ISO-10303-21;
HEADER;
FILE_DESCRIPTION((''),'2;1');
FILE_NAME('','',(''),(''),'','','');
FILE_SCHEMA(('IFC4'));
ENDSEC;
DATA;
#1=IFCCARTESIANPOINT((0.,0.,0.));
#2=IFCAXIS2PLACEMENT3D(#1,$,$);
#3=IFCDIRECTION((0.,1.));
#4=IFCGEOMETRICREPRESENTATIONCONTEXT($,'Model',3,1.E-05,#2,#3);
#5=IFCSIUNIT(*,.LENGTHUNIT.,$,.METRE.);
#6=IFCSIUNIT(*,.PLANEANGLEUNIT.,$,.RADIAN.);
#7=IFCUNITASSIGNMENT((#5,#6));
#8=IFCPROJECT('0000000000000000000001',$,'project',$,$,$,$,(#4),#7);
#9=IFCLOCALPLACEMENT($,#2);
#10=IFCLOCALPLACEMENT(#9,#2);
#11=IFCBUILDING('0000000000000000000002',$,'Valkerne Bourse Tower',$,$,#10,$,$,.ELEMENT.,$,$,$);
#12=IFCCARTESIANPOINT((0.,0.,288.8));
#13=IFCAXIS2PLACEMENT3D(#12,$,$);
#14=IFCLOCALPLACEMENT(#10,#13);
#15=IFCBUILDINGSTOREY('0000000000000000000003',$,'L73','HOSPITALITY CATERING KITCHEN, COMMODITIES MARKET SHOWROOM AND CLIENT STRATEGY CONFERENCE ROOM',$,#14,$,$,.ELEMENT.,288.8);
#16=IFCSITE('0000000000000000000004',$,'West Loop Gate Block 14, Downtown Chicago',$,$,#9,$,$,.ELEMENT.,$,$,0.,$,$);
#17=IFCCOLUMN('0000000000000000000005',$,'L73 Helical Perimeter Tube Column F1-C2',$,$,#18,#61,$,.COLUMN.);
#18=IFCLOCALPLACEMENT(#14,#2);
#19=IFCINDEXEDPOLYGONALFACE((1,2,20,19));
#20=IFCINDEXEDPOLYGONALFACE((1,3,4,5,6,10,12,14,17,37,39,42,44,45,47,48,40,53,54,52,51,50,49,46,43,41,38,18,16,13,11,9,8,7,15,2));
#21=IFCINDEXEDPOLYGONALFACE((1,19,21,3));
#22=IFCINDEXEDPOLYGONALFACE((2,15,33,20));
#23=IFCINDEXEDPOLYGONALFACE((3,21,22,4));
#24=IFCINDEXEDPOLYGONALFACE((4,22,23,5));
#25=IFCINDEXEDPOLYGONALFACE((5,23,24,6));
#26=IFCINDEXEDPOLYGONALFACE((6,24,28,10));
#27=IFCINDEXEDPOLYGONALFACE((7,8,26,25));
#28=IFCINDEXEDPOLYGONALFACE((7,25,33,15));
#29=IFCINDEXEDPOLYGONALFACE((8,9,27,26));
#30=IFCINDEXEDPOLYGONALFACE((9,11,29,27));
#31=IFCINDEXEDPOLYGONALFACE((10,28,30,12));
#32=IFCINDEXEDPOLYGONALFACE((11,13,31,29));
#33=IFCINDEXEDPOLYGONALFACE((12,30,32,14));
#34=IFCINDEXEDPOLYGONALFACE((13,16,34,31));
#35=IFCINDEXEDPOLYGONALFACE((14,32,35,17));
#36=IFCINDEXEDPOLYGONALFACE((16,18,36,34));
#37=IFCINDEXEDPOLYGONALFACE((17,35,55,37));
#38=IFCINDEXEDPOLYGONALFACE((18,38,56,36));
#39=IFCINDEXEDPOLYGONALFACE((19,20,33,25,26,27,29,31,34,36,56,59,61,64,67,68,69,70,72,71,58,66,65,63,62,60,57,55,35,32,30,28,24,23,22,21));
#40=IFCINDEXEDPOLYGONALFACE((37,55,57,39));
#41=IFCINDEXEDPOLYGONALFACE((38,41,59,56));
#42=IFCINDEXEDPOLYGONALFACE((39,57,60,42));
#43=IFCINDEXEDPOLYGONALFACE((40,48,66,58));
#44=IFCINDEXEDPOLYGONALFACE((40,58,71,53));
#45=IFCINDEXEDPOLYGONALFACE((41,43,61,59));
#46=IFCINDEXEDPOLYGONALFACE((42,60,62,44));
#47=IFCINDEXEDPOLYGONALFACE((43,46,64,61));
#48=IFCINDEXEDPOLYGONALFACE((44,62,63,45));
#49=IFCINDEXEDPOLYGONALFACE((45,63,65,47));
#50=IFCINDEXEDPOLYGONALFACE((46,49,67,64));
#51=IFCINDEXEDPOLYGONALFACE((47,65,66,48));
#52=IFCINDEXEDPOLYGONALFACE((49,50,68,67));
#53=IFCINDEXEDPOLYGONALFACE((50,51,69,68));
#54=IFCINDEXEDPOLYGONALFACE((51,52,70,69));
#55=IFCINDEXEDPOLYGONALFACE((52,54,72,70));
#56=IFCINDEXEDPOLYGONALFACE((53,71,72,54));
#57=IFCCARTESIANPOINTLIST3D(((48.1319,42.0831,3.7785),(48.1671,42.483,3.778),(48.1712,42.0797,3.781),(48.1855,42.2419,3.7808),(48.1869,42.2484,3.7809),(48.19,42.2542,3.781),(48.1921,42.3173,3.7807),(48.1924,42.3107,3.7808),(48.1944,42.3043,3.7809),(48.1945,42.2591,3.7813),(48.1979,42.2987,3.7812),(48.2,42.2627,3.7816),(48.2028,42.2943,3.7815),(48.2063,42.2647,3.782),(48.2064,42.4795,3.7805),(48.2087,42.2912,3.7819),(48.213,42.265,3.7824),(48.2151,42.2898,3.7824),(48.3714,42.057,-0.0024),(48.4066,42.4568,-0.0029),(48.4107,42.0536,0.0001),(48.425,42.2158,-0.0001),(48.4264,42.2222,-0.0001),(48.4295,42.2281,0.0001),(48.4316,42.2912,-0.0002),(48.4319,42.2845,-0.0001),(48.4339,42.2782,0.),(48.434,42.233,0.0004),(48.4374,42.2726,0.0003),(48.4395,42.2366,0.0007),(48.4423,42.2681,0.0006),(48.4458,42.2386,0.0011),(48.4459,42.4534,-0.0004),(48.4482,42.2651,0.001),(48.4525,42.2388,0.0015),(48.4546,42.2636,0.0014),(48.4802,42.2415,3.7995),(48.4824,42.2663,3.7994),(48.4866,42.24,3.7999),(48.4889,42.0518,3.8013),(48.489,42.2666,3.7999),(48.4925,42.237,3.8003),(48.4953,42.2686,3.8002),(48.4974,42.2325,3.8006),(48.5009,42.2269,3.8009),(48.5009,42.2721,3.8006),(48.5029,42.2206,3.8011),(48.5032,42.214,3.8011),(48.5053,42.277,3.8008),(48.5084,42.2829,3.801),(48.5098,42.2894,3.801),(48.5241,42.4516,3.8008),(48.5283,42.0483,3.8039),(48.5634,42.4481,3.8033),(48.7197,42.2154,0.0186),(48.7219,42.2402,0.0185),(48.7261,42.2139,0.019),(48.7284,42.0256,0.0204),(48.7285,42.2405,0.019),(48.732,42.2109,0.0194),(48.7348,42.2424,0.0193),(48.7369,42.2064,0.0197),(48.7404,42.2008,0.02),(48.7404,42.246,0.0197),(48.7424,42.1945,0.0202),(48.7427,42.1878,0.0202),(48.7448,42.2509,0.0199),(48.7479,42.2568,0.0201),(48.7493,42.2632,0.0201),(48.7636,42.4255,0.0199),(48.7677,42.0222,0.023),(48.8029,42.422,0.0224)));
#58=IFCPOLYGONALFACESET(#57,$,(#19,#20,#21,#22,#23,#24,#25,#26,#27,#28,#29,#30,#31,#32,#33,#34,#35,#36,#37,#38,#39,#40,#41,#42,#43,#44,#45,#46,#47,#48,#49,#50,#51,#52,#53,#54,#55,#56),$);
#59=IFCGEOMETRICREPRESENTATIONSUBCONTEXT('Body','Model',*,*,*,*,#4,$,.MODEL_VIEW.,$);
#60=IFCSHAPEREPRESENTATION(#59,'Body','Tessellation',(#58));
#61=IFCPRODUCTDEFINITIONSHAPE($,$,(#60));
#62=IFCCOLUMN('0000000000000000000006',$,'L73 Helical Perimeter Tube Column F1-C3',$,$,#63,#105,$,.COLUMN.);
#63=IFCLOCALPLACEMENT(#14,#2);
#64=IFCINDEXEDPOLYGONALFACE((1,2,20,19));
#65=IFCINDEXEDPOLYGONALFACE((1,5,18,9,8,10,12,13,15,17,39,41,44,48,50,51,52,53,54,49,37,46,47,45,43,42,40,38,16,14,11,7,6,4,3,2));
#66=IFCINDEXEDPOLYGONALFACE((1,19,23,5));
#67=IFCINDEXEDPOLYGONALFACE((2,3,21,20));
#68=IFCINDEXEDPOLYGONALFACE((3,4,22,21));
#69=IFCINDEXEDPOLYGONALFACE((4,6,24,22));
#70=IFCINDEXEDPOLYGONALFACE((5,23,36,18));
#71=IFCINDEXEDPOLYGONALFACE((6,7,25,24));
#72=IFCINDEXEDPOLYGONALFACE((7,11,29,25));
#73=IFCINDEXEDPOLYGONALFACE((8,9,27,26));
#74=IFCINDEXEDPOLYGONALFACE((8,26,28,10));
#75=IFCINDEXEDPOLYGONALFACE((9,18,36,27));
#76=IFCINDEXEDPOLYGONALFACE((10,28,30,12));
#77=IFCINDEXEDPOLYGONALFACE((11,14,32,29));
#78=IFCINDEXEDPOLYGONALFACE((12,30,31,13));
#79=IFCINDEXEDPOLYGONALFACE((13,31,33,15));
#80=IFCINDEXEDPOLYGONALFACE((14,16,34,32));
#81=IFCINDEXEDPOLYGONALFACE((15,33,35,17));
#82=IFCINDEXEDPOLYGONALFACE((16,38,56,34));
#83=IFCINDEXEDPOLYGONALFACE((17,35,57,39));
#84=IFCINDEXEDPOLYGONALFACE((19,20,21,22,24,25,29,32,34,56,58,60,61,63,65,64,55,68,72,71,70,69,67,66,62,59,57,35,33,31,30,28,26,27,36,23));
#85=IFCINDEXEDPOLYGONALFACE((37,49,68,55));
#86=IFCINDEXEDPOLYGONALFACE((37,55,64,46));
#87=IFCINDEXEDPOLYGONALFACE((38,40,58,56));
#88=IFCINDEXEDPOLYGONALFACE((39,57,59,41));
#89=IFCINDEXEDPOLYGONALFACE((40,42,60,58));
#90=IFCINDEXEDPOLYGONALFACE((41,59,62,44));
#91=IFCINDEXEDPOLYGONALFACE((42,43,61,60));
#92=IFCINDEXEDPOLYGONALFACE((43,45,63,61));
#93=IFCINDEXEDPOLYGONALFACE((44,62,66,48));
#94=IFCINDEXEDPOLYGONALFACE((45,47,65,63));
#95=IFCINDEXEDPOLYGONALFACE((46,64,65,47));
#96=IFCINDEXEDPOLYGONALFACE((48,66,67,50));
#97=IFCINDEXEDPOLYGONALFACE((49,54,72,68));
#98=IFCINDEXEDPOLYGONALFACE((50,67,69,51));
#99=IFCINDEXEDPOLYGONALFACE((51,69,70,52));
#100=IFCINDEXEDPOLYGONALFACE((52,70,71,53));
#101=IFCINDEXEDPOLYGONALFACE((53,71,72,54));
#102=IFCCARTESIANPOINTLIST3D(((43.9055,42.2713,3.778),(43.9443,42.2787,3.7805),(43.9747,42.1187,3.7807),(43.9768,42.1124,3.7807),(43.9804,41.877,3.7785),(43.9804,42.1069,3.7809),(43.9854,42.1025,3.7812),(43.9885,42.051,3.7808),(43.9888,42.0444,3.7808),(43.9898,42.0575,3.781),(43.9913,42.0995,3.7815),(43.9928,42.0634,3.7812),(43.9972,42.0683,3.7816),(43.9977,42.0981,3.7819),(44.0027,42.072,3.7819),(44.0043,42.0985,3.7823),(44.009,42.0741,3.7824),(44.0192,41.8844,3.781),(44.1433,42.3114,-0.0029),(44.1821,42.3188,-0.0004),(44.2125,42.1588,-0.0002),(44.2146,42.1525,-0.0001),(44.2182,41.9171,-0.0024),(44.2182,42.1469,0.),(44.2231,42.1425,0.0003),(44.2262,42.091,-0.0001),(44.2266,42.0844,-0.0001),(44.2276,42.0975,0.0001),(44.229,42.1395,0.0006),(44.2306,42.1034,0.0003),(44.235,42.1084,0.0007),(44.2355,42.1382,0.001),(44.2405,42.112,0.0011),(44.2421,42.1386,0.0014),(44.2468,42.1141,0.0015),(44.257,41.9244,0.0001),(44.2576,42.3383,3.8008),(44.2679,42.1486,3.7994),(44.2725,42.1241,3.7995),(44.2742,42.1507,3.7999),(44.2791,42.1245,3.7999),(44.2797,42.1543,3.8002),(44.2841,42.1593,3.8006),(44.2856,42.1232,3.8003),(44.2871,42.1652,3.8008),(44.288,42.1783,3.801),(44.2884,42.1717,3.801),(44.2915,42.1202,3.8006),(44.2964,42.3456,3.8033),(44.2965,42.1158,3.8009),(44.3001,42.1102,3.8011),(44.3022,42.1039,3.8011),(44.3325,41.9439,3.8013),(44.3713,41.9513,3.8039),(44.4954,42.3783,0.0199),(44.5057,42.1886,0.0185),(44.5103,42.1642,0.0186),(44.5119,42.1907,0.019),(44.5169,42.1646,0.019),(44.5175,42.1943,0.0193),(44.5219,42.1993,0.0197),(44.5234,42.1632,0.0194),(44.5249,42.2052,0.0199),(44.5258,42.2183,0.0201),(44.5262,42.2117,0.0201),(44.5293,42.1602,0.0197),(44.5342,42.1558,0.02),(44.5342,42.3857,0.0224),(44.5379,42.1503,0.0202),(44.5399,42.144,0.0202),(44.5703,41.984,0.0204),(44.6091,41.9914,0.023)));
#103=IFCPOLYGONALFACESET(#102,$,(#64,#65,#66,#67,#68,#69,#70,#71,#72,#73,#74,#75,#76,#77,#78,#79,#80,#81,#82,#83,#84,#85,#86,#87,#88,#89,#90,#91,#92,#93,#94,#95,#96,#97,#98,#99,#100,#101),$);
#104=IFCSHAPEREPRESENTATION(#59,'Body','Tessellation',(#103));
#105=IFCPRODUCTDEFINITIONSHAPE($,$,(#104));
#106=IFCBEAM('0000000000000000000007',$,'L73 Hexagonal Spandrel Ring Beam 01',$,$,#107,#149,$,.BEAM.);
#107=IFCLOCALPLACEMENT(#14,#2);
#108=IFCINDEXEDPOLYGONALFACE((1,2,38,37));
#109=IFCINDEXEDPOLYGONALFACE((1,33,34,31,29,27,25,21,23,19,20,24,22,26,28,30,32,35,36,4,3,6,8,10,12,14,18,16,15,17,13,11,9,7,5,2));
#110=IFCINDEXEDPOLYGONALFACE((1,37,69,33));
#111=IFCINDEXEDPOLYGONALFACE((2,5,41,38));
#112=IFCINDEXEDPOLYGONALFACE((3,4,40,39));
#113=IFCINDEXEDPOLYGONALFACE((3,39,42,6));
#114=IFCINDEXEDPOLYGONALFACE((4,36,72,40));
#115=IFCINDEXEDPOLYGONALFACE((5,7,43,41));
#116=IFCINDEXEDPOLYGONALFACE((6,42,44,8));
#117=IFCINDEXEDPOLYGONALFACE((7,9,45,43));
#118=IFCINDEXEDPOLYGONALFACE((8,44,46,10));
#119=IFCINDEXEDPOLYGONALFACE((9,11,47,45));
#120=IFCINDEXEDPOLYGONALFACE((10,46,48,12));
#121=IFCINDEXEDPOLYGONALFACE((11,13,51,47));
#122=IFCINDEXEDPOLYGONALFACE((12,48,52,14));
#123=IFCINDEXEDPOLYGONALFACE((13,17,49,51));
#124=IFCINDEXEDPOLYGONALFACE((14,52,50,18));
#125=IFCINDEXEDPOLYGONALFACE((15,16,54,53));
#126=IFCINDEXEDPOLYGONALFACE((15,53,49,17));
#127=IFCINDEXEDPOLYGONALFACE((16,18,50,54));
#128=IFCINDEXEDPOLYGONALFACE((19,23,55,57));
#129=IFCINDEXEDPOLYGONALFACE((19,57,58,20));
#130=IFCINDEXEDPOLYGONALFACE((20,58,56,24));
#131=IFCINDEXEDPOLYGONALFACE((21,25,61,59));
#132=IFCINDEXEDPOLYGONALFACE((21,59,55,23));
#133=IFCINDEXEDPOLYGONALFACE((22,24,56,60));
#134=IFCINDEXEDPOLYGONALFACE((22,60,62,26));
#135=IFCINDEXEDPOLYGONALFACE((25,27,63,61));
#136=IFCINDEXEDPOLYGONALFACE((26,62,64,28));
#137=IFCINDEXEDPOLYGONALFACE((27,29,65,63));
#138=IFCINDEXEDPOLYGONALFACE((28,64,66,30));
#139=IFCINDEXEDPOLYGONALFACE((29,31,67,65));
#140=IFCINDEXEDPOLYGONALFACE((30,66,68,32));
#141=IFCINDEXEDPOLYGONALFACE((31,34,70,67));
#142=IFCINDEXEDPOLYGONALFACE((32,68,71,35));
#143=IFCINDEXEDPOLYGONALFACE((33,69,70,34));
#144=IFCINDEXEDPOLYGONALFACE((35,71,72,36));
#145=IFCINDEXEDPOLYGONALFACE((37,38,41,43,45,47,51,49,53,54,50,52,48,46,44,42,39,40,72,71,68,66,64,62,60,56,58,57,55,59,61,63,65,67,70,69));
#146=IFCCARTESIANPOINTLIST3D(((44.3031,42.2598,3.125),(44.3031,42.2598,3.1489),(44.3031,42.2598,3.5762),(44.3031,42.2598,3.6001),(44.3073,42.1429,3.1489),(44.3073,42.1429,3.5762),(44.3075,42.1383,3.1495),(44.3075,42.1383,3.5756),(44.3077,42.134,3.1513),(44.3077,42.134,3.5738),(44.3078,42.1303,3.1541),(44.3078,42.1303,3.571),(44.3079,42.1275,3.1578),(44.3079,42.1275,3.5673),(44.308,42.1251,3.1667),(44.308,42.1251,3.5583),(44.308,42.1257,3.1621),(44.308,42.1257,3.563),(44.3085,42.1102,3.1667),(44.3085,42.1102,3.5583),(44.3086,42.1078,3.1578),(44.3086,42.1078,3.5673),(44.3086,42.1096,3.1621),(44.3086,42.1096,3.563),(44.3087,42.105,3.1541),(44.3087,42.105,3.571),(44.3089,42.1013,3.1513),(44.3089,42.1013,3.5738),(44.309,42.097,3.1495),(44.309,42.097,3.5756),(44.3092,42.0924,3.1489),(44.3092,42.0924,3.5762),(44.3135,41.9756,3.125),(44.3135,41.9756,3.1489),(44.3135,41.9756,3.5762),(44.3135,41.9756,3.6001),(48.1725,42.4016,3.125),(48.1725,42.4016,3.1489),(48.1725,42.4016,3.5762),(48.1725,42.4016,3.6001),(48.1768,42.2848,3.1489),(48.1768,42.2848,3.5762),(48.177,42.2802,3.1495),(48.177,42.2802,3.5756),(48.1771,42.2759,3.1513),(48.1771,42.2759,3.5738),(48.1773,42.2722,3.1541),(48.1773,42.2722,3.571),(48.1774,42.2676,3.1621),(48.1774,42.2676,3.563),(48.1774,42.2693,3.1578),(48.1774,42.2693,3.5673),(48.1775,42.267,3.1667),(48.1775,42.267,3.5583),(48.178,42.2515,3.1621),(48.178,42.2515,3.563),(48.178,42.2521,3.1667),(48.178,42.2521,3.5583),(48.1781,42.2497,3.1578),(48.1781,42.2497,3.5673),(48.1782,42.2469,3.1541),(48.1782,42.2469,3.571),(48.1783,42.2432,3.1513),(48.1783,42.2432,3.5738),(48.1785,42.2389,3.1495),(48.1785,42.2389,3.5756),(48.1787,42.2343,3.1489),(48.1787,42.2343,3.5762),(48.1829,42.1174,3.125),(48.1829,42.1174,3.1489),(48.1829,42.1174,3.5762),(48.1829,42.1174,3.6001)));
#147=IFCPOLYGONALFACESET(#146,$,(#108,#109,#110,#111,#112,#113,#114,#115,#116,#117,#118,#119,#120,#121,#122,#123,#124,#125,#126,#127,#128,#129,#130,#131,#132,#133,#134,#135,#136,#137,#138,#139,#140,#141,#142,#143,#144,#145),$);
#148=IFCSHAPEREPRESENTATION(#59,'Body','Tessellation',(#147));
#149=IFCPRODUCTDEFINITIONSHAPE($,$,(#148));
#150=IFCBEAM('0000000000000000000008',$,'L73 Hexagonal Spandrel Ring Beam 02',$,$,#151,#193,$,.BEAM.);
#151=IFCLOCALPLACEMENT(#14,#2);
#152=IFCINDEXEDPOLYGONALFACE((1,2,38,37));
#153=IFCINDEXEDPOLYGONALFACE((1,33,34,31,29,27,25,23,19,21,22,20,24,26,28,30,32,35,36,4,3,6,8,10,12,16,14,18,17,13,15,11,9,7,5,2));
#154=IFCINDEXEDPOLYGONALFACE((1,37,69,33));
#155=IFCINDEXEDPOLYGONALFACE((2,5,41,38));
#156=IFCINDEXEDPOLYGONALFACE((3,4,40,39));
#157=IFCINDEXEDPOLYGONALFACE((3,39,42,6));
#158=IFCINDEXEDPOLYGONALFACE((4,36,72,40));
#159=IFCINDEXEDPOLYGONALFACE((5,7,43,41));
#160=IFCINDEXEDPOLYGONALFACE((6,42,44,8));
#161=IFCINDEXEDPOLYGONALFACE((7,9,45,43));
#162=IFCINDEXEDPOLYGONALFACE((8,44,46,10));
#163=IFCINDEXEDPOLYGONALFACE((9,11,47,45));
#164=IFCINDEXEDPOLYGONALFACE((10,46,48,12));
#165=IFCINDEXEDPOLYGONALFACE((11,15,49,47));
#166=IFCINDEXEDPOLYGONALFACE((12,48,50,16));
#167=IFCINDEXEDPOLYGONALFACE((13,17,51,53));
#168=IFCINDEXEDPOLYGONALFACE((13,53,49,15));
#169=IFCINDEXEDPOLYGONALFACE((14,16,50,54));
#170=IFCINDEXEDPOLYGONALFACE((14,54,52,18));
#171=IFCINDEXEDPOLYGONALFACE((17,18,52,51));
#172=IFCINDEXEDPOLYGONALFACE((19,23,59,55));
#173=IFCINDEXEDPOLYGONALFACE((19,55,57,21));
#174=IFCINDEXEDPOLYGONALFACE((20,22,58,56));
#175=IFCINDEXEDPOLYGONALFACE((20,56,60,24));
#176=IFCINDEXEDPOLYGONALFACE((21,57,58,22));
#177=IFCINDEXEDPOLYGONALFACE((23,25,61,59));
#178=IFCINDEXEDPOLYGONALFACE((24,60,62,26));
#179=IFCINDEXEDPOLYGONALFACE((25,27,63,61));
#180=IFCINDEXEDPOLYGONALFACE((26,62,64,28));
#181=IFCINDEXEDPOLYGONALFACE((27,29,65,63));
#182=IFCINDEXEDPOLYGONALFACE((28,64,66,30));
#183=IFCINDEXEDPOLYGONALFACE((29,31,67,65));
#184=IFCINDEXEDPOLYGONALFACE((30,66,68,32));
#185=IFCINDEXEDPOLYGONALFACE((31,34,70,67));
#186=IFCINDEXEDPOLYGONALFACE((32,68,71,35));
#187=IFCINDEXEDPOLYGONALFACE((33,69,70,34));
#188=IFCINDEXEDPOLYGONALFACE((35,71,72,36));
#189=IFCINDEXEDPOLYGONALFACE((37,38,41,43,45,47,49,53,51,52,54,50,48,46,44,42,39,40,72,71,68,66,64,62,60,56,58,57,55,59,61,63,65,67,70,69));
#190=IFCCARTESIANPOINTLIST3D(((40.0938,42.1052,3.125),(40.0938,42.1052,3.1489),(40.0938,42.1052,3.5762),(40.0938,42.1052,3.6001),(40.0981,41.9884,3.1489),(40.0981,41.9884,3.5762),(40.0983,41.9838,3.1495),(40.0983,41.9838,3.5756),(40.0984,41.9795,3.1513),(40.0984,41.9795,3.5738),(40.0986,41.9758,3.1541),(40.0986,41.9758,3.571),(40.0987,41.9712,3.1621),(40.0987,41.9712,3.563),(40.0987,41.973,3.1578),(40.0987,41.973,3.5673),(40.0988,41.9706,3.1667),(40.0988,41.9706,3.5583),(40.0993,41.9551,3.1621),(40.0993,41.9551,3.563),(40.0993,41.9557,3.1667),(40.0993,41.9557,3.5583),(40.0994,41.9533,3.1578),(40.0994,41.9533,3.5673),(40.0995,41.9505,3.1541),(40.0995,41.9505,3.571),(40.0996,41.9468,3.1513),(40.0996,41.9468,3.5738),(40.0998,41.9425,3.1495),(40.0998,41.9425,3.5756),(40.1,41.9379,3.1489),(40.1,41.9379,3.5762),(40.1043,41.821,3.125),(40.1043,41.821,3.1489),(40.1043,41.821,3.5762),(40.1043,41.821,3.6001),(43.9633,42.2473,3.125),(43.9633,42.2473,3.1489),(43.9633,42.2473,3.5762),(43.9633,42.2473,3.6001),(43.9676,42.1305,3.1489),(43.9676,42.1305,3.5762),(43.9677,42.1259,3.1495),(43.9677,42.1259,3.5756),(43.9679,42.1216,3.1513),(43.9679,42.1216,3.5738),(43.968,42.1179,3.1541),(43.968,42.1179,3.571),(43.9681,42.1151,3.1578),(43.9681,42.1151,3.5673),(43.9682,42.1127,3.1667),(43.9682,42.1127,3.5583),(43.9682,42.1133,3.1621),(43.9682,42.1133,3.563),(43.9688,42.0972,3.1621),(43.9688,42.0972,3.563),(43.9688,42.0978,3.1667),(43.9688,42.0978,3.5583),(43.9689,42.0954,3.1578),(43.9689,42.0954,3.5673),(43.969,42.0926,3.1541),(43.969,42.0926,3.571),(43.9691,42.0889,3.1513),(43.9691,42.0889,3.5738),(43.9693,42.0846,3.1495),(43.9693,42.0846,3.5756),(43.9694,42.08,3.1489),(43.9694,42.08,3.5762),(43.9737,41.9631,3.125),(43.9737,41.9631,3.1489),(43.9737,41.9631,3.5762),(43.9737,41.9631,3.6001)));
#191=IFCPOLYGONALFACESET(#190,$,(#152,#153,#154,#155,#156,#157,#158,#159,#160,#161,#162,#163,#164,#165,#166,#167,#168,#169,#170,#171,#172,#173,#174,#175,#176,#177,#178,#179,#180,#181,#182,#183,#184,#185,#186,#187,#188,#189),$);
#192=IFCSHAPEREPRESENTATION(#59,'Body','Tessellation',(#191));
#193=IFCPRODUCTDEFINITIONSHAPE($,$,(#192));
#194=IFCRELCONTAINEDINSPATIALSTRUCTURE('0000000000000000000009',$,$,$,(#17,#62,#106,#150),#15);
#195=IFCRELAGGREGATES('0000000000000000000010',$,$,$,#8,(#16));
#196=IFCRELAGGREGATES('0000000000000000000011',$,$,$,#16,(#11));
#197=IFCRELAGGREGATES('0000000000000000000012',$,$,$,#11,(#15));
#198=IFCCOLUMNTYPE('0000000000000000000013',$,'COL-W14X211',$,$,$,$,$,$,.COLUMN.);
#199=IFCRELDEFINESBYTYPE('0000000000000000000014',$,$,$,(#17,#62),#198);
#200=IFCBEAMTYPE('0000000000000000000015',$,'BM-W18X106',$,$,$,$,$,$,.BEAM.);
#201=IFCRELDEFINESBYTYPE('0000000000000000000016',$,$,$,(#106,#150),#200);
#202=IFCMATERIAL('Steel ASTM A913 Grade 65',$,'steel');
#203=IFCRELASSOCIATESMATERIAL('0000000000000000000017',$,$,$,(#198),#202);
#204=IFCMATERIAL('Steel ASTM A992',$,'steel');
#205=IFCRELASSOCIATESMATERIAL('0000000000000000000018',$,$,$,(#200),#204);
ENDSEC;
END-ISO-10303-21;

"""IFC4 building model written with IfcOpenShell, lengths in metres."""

from ifc_helpers import new_model, si_unit, direction, frame, origin, origin_2d, place, context, subcontext, project, spatial, i_section, extrude, material, material_profile, profile_set, type_object, element, save


model = new_model("IFC4")

# Units and contexts
model_context = context("Model", 3, precision=1e-05, world=origin(), true_north=direction((0.0, 1.0)))
body_context = subcontext(model_context, "Body", "Model", "MODEL_VIEW")
ifc_project = project(units=[si_unit("LENGTHUNIT", "METRE"), si_unit("PLANEANGLEUNIT", "RADIAN")], contexts=[model_context])

# Site, building, storey
site_placement = place(None, origin())
site = spatial("IfcSite", under=ifc_project, at=site_placement, Name="West Loop Gate Block 14, Downtown Chicago", CompositionType="ELEMENT", RefElevation=0.0)
building_placement = place(site_placement, origin())
building = spatial("IfcBuilding", under=site, at=building_placement, Name="Valkerne Bourse Tower", CompositionType="ELEMENT")
storey_placement = place(building_placement, frame((0.0, 0.0, 288.8)))
storey = spatial("IfcBuildingStorey", under=building, at=storey_placement, Name="L73", Description="HOSPITALITY CATERING KITCHEN, COMMODITIES MARKET SHOWROOM AND CLIENT STRATEGY CONFERENCE ROOM", CompositionType="ELEMENT", Elevation=288.8)

# Columns
ifc_material_1 = material(Name="Steel ASTM A913 Grade 65", Category="steel")
ifc_material_profile_1 = material_profile(ifc_material_1, i_section(OverallWidth=0.4014, OverallDepth=0.3987, WebThickness=0.0249, FlangeThickness=0.0396, FilletRadius=0.0254, at=origin_2d()), Name="W14X211")
ifc_profile_set_1 = profile_set([ifc_material_profile_1], Name="Steel ASTM A913 Grade 65")
column_type = type_object("IfcColumnType", Name="COL-W14X211", PredefinedType="COLUMN", material=ifc_profile_set_1)
for number, where, z_axis, x_axis, name in (
    (1, (48.5872, 42.2395, 0.01), (-0.063215, 0.006895, 0.997976), (0.087629, 0.996152, -0.001332), "L73 Helical Perimeter Tube Column F1-C2"),
    (2, (44.3762, 42.1514, 0.01), (-0.062764, -0.010568, 0.997972), (-0.186614, 0.982432, -0.001333), "L73 Helical Perimeter Tube Column F1-C3"),
):
    element("IfcColumn", number, at=place(storey_placement, frame(where, z_axis=z_axis, x_axis=x_axis)), inside=storey, type_object=column_type, Name=name, PredefinedType="COLUMN", context=body_context, shape_type="SweptSolid", body=[
        extrude(i_section(OverallWidth=0.4014, OverallDepth=0.3987, WebThickness=0.0249, FlangeThickness=0.0396, FilletRadius=0.0254, at=origin_2d()), origin(), (0.0, 0.0, 1.0), 3.7886),
    ])

# Beams
ifc_material_2 = material(Name="Steel ASTM A992", Category="steel")
ifc_material_profile_2 = material_profile(ifc_material_2, i_section(OverallWidth=0.2844, OverallDepth=0.4751, WebThickness=0.0149, FlangeThickness=0.0239, FilletRadius=0.0178, at=origin_2d()), Name="W18X106")
ifc_profile_set_2 = profile_set([ifc_material_profile_2], Name="Steel ASTM A992")
beam_type_1 = type_object("IfcBeamType", Name="BM-W18X106", PredefinedType="BEAM", material=ifc_profile_set_2)
for number, where, z_axis, x_axis, name in (
    (3, (48.1777, 42.2595, 3.3625), (-0.999329, -0.036634, 0.0), (0.036634, -0.999329, 0.0), "L73 Hexagonal Spandrel Ring Beam 01"),
    (4, (43.9685, 42.1052, 3.3625), (-0.999326, -0.036697, 0.0), (0.036697, -0.999326, 0.0), "L73 Hexagonal Spandrel Ring Beam 02"),
):
    element("IfcBeam", number, at=place(storey_placement, frame(where, z_axis=z_axis, x_axis=x_axis)), inside=storey, type_object=beam_type_1, Name=name, PredefinedType="BEAM", context=body_context, shape_type="SweptSolid", body=[
        extrude(i_section(OverallWidth=0.2844, OverallDepth=0.4751, WebThickness=0.0149, FlangeThickness=0.0239, FilletRadius=0.0178, at=origin_2d()), origin(), (0.0, 0.0, 1.0), 3.8721),
    ])

save(model, "model.ifc")
